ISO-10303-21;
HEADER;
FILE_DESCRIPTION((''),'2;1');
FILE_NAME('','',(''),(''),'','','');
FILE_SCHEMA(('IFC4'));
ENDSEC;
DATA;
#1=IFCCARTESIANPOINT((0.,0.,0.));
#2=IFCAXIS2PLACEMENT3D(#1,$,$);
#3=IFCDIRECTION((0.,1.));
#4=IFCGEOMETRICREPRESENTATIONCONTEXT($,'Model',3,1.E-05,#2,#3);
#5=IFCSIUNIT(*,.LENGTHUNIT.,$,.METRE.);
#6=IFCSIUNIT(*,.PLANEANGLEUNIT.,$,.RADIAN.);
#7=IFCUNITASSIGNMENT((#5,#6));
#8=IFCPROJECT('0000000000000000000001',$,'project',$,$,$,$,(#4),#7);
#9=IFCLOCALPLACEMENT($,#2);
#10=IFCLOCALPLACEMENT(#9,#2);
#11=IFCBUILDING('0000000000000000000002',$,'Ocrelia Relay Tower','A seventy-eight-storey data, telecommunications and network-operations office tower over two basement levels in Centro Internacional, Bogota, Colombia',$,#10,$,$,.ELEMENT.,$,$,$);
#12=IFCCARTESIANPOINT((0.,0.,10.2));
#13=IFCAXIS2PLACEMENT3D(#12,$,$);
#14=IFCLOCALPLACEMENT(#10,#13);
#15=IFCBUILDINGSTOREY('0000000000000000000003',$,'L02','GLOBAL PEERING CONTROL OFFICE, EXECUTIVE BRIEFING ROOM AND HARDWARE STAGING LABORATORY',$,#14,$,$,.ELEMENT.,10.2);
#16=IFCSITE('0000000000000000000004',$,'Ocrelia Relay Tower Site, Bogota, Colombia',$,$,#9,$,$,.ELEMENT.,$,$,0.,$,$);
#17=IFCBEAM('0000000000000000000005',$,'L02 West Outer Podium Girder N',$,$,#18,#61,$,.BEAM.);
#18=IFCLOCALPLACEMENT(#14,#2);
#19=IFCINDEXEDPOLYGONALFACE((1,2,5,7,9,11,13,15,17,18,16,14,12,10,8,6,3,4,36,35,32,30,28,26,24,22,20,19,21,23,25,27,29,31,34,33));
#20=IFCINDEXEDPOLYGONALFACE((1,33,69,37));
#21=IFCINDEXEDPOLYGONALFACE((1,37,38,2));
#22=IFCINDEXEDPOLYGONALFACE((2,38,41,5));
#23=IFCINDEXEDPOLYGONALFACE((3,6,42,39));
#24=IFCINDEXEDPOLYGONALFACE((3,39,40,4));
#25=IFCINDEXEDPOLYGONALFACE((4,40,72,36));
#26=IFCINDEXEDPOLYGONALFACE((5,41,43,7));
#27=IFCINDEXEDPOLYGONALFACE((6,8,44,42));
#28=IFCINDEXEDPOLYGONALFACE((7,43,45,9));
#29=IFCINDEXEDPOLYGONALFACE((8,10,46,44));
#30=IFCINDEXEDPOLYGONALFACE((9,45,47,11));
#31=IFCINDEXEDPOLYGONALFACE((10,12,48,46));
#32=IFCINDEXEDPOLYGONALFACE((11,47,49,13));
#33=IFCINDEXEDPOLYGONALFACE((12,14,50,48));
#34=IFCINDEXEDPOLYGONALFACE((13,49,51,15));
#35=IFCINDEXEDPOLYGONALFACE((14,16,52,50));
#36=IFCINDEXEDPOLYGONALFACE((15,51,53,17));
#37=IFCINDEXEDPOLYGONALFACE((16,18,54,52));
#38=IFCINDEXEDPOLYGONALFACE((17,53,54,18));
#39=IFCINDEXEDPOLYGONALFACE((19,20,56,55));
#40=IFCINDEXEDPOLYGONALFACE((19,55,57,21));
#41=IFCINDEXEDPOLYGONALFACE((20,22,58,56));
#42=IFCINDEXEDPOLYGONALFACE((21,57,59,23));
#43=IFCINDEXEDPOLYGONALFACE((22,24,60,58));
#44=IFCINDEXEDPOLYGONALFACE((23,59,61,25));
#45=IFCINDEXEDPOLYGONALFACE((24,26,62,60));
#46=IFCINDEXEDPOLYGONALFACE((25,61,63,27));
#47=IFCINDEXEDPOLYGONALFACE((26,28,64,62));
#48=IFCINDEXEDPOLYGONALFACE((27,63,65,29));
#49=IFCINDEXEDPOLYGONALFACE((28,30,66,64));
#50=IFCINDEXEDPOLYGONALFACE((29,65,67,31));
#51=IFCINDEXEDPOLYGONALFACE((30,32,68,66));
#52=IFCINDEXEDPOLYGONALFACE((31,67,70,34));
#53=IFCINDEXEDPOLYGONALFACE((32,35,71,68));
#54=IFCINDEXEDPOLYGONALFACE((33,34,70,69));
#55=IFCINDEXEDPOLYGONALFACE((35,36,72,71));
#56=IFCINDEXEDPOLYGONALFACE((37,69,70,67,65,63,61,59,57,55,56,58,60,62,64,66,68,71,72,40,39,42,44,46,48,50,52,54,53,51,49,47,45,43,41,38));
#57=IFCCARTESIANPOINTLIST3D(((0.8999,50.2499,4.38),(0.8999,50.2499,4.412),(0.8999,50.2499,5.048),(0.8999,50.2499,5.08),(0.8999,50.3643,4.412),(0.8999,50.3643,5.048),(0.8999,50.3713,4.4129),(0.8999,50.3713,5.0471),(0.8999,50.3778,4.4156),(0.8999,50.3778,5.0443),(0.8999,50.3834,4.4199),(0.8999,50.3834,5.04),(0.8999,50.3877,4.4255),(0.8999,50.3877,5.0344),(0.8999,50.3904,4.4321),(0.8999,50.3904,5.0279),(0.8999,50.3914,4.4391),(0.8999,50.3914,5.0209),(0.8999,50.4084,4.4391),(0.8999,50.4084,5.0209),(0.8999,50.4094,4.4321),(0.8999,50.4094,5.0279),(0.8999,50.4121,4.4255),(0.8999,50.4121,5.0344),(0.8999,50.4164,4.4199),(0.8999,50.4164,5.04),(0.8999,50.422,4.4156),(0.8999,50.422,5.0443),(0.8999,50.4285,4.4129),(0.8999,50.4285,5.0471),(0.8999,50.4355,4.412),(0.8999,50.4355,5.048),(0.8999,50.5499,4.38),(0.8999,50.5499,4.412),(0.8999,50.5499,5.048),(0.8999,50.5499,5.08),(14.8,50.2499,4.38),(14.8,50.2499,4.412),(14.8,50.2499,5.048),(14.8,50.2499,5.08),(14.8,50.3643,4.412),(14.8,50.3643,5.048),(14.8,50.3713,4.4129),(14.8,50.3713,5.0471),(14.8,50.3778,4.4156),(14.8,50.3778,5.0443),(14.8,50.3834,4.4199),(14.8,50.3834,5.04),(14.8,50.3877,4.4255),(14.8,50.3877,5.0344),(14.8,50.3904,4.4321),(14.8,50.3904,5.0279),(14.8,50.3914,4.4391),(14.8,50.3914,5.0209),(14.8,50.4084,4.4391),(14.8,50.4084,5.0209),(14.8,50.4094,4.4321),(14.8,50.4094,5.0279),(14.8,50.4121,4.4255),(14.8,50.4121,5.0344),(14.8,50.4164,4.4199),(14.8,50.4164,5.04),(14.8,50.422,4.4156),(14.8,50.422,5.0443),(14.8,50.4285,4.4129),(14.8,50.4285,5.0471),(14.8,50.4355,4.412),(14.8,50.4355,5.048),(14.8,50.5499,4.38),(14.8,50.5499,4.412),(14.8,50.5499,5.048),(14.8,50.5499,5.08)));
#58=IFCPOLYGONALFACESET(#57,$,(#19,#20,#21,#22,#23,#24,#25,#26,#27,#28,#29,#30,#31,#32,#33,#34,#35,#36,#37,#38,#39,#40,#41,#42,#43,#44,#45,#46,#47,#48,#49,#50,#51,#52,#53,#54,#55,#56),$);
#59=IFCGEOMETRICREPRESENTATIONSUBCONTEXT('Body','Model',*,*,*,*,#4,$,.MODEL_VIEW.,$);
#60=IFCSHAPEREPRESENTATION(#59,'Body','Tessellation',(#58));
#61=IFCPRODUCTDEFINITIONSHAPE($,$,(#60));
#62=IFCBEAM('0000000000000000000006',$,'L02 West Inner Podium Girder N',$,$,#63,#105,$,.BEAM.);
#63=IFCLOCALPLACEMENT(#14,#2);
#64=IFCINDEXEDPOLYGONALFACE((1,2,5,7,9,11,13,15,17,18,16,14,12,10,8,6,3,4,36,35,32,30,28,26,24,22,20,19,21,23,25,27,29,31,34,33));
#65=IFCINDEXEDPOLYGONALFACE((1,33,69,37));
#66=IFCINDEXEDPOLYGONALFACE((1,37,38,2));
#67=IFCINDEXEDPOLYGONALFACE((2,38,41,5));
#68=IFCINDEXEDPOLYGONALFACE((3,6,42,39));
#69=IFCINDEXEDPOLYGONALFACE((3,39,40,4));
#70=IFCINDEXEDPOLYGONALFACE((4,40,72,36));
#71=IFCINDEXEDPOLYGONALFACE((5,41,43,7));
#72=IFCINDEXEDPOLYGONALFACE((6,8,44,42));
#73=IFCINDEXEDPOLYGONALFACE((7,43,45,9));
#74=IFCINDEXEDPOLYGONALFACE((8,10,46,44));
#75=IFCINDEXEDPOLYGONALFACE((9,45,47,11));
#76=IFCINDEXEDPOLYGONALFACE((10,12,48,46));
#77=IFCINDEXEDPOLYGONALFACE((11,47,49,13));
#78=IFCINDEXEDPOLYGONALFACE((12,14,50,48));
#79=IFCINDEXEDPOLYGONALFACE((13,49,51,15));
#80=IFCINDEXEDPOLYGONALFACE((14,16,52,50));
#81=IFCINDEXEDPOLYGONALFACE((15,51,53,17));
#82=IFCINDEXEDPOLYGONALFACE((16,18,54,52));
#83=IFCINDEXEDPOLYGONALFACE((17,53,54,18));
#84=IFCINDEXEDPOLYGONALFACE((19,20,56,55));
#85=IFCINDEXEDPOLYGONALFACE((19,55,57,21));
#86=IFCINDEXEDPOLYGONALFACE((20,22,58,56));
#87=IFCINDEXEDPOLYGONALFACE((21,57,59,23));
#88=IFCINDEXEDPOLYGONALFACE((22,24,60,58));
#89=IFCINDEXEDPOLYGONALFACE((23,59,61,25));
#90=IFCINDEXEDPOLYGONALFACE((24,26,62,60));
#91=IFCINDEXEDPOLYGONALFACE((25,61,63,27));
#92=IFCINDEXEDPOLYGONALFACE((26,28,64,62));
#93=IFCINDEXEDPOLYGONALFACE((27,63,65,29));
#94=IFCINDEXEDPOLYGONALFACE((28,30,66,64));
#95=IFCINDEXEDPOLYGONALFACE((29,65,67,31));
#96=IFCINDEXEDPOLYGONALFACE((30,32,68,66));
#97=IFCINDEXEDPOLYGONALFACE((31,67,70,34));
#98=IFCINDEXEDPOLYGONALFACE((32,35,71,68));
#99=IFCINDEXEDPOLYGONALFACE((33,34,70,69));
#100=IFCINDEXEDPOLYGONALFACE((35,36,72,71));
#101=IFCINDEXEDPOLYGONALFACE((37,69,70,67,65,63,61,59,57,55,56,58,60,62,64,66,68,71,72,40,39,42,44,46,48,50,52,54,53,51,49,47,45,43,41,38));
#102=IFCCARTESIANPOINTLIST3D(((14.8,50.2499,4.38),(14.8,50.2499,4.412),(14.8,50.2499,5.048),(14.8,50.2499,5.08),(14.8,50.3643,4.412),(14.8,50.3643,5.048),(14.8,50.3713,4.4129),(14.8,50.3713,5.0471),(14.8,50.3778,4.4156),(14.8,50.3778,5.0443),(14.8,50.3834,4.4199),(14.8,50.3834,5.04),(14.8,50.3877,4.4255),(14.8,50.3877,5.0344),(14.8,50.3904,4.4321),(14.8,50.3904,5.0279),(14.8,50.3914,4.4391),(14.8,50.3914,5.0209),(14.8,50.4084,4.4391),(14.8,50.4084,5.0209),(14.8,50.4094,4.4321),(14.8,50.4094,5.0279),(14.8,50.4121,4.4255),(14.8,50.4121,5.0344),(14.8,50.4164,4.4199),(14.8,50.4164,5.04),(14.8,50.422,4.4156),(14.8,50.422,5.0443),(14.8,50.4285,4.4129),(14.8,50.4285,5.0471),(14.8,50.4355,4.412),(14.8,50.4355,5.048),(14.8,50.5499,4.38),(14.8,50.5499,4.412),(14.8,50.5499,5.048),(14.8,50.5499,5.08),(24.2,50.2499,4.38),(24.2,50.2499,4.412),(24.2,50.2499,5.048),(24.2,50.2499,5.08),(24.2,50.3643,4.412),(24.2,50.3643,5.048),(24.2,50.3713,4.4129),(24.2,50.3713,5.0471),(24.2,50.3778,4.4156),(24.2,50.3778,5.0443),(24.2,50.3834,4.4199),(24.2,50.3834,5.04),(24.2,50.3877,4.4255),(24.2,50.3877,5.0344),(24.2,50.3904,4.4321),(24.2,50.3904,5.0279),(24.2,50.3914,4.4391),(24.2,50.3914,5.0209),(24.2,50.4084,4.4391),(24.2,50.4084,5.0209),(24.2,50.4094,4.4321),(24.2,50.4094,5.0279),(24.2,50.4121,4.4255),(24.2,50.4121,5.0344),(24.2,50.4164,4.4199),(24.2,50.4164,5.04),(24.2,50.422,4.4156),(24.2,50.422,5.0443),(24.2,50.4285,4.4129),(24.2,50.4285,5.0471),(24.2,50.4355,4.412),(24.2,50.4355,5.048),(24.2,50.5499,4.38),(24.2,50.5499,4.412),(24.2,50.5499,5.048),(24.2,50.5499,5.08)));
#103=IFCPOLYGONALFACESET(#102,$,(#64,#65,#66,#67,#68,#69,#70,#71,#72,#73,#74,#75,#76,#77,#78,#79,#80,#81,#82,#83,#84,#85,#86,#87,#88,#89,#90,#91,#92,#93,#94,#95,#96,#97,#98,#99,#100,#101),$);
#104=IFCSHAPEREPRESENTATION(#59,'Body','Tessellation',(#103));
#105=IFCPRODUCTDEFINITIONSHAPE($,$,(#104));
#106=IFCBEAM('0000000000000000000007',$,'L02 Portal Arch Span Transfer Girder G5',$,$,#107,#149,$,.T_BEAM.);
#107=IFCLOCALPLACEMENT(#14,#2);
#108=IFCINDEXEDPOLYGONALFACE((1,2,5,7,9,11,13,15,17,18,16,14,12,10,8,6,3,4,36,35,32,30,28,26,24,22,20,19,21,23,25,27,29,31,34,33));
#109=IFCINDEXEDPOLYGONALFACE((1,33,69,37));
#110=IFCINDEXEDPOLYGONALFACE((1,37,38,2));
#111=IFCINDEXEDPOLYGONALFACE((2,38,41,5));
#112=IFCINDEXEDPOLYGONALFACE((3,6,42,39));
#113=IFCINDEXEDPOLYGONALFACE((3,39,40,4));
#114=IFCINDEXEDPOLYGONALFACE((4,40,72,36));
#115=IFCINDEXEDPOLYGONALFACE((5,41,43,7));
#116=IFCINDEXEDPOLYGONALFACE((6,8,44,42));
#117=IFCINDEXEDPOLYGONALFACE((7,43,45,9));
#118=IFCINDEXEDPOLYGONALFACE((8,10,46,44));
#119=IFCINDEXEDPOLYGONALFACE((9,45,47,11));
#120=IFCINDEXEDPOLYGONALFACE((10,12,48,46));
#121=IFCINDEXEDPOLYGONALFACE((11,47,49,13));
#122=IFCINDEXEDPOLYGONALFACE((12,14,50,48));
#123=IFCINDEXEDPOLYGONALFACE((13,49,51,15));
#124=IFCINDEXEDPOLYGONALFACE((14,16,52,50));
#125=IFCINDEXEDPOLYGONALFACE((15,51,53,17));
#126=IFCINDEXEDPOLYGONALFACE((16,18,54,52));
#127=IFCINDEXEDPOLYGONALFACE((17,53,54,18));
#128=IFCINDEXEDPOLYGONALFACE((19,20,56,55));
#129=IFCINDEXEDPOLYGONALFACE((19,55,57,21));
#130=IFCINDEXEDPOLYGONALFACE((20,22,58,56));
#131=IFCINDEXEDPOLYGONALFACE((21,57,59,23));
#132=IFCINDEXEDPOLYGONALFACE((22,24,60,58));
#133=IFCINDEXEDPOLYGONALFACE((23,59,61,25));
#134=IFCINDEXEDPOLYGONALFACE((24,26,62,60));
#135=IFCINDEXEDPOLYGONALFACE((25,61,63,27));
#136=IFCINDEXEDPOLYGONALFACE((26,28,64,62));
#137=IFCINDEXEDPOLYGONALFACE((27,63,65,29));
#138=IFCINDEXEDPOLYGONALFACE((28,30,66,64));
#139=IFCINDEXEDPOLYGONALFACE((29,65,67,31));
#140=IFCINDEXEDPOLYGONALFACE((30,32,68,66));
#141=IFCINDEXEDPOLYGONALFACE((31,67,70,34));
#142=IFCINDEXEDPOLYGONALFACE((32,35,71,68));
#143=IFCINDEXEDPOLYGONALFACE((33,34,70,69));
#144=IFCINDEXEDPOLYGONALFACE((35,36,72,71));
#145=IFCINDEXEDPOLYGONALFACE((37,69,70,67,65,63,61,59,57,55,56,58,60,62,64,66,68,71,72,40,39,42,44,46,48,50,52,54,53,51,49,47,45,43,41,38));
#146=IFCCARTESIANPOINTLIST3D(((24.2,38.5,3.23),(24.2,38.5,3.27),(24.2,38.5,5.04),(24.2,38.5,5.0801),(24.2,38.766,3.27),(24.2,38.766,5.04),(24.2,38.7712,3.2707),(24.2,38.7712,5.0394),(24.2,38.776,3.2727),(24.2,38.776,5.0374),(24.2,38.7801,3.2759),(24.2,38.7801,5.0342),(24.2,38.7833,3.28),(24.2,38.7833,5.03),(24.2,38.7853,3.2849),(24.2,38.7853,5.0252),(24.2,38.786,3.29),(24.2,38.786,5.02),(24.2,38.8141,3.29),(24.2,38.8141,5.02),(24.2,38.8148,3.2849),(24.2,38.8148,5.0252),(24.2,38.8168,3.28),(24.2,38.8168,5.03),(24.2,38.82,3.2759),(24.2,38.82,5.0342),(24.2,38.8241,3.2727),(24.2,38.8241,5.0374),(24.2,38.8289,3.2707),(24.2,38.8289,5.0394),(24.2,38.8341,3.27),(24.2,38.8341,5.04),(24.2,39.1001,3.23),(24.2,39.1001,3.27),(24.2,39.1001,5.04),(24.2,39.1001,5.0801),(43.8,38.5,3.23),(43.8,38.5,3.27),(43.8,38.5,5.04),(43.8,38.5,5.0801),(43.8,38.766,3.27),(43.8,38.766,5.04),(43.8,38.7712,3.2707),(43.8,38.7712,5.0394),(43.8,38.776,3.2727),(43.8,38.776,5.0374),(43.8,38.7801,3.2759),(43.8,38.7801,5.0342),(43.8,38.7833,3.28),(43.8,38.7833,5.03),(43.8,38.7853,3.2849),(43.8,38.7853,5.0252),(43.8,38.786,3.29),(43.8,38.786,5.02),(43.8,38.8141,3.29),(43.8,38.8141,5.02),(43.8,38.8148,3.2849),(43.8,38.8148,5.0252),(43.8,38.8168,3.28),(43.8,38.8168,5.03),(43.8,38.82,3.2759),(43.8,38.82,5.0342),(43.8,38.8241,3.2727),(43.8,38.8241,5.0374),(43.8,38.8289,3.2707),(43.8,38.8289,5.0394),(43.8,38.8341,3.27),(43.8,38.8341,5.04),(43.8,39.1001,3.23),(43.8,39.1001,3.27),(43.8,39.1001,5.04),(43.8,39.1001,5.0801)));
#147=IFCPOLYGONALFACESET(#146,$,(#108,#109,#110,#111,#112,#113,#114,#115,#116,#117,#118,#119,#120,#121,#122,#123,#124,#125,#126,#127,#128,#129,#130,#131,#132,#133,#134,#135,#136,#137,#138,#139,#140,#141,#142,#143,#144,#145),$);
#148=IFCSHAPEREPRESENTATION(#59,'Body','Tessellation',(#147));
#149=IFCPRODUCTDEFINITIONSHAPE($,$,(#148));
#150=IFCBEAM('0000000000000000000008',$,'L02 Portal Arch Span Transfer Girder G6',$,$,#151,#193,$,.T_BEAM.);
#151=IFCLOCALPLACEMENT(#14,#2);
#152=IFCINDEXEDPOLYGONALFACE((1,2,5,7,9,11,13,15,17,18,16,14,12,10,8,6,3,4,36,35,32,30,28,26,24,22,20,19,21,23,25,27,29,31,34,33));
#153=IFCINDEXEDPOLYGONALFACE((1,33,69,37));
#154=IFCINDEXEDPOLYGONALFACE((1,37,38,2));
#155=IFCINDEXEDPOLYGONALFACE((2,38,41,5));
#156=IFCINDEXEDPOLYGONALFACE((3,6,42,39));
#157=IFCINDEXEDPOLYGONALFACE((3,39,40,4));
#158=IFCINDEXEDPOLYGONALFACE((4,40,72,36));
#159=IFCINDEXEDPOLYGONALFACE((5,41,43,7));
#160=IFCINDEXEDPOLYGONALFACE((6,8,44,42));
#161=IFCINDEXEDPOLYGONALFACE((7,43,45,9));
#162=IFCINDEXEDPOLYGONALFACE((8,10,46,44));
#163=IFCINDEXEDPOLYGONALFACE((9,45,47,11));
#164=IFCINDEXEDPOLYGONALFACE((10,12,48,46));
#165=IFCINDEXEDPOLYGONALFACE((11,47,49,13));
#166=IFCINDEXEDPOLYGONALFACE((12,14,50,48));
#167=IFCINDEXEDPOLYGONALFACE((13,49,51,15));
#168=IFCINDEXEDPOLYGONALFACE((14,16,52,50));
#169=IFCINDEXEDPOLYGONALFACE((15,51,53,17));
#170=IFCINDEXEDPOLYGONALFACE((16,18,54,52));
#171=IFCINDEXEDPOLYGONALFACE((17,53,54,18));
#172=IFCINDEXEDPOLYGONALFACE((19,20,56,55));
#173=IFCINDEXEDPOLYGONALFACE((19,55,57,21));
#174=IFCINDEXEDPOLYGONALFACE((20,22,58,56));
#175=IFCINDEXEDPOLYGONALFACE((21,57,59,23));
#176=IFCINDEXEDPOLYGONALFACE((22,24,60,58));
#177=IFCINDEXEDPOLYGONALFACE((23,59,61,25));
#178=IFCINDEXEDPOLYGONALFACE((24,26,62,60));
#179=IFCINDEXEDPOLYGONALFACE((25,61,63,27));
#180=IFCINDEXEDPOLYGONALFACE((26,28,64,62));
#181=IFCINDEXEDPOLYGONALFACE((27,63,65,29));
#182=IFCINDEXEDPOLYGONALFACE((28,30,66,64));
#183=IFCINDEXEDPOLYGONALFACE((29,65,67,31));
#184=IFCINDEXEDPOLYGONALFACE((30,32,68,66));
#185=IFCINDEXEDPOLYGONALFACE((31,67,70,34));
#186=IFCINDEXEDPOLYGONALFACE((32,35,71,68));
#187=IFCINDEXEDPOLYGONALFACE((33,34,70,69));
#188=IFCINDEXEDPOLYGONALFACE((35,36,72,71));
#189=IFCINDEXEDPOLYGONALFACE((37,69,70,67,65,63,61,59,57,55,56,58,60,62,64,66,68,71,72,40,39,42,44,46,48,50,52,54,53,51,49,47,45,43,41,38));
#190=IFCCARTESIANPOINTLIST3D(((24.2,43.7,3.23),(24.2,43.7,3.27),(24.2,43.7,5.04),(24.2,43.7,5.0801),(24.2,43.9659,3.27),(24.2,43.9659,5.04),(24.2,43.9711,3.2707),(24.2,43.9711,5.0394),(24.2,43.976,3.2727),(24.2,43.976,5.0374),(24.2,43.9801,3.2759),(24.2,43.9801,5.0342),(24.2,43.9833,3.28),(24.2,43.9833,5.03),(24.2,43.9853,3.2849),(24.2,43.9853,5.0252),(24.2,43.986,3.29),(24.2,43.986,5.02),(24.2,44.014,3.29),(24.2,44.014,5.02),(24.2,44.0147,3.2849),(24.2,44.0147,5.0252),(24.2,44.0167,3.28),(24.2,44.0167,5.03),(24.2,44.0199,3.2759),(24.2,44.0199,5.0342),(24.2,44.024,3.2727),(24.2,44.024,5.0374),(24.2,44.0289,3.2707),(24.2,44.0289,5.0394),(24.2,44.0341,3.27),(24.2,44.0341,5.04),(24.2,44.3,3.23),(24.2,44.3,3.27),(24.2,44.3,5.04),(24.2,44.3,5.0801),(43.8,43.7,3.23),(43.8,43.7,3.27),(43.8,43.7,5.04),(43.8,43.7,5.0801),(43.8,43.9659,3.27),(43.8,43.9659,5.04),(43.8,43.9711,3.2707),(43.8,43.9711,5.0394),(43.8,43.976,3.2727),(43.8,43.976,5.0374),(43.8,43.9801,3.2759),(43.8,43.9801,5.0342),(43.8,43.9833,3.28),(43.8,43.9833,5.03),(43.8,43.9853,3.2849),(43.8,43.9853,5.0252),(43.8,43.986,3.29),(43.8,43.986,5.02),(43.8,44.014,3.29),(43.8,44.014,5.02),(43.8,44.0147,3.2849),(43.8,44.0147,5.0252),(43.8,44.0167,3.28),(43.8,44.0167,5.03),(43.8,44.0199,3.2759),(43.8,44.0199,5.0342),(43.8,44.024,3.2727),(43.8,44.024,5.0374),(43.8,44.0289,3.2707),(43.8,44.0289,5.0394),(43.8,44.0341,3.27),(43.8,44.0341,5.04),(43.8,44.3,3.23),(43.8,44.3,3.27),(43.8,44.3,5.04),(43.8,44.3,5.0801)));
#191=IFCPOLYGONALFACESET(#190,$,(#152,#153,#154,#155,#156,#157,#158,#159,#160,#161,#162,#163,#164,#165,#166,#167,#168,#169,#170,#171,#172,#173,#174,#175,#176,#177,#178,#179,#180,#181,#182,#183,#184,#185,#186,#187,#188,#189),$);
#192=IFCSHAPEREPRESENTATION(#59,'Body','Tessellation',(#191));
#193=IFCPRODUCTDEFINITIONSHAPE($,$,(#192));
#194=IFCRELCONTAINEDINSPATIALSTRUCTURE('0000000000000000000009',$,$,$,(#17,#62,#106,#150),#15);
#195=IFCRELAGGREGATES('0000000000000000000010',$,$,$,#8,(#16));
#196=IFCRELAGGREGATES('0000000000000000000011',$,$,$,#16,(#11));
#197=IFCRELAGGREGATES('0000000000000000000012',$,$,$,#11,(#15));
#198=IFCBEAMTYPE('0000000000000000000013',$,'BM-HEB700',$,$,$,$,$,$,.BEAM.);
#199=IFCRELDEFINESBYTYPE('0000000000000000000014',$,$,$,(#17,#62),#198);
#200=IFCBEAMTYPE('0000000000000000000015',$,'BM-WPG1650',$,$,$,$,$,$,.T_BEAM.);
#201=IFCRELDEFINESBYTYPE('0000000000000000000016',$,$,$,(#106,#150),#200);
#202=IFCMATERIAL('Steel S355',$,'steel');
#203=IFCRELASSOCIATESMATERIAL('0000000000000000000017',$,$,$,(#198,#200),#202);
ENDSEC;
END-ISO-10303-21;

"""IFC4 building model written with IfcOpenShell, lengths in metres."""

from ifc_helpers import new_model, si_unit, direction, frame, origin, origin_2d, place, context, subcontext, project, spatial, i_section, extrude, material, material_profile, profile_set, type_object, element, save


model = new_model("IFC4")

# Units and contexts
model_context = context("Model", 3, precision=1e-05, world=origin(), true_north=direction((0.0, 1.0)))
body_context = subcontext(model_context, "Body", "Model", "MODEL_VIEW")
ifc_project = project(units=[si_unit("LENGTHUNIT", "METRE"), si_unit("PLANEANGLEUNIT", "RADIAN")], contexts=[model_context])

# Site, building, storey
site_placement = place(None, origin())
site = spatial("IfcSite", under=ifc_project, at=site_placement, Name="Ocrelia Relay Tower Site, Bogota, Colombia", CompositionType="ELEMENT", RefElevation=0.0)
building_placement = place(site_placement, origin())
building = spatial("IfcBuilding", under=site, at=building_placement, Name="Ocrelia Relay Tower", Description="A seventy-eight-storey data, telecommunications and network-operations office tower over two basement levels in Centro Internacional, Bogota, Colombia", CompositionType="ELEMENT")
storey_placement = place(building_placement, frame((0.0, 0.0, 10.2)))
storey = spatial("IfcBuildingStorey", under=building, at=storey_placement, Name="L02", Description="GLOBAL PEERING CONTROL OFFICE, EXECUTIVE BRIEFING ROOM AND HARDWARE STAGING LABORATORY", CompositionType="ELEMENT", Elevation=10.2)

# Beams
ifc_material_1 = material(Name="Steel S355", Category="steel")
ifc_material_profile_1 = material_profile(ifc_material_1, i_section(OverallWidth=0.3, OverallDepth=0.7, WebThickness=0.0171, FlangeThickness=0.032, FilletRadius=0.0271, at=origin_2d()), Name="HEB 700")
ifc_profile_set_1 = profile_set([ifc_material_profile_1], Name="Steel S355")
beam_type_1 = type_object("IfcBeamType", Name="BM-HEB700", PredefinedType="BEAM", material=ifc_profile_set_1)
beam_1_placement = place(storey_placement, frame((0.8999, 50.3999, 4.73), z_axis=(1.0, 0.0, 0.0), x_axis=(0.0, 1.0, 0.0)))
element("IfcBeam", 1, at=beam_1_placement, inside=storey, type_object=beam_type_1, Name="L02 West Outer Podium Girder N", PredefinedType="BEAM", context=body_context, shape_type="SweptSolid", body=[
    extrude(i_section(OverallWidth=0.3, OverallDepth=0.7, WebThickness=0.0171, FlangeThickness=0.032, FilletRadius=0.0271, at=origin_2d()), origin(), (0.0, 0.0, 1.0), 13.9001),
])
beam_2_placement = place(storey_placement, frame((14.8, 50.3999, 4.73), z_axis=(1.0, 0.0, 0.0), x_axis=(0.0, 1.0, 0.0)))
element("IfcBeam", 2, at=beam_2_placement, inside=storey, type_object=beam_type_1, Name="L02 West Inner Podium Girder N", PredefinedType="BEAM", context=body_context, shape_type="SweptSolid", body=[
    extrude(i_section(OverallWidth=0.3, OverallDepth=0.7, WebThickness=0.0171, FlangeThickness=0.032, FilletRadius=0.0271, at=origin_2d()), origin(), (0.0, 0.0, 1.0), 9.3999),
])
ifc_material_profile_2 = material_profile(ifc_material_1, i_section(OverallWidth=0.6001, OverallDepth=1.8501, WebThickness=0.0281, FlangeThickness=0.04, FilletRadius=0.02, at=origin_2d()), Name="WPG 1850x600")
ifc_profile_set_2 = profile_set([ifc_material_profile_2], Name="Steel S355")
beam_type_2 = type_object("IfcBeamType", Name="BM-WPG1650", PredefinedType="T_BEAM", material=ifc_profile_set_2)
for number, where, z_axis, x_axis, name in (
    (3, (24.2, 38.8, 4.155), (1.0, 0.0, 0.0), (0.0, 1.0, 0.0), "L02 Portal Arch Span Transfer Girder G5"),
    (4, (24.2, 44.0, 4.155), (1.0, 0.0, 0.0), (0.0, 1.0, 0.0), "L02 Portal Arch Span Transfer Girder G6"),
):
    element("IfcBeam", number, at=place(storey_placement, frame(where, z_axis=z_axis, x_axis=x_axis)), inside=storey, type_object=beam_type_2, Name=name, PredefinedType="T_BEAM", context=body_context, shape_type="SweptSolid", body=[
        extrude(i_section(OverallWidth=0.6001, OverallDepth=1.8501, WebThickness=0.0281, FlangeThickness=0.04, FilletRadius=0.02, at=origin_2d()), origin(), (0.0, 0.0, 1.0), 19.6001),
    ])

save(model, "model.ifc")
